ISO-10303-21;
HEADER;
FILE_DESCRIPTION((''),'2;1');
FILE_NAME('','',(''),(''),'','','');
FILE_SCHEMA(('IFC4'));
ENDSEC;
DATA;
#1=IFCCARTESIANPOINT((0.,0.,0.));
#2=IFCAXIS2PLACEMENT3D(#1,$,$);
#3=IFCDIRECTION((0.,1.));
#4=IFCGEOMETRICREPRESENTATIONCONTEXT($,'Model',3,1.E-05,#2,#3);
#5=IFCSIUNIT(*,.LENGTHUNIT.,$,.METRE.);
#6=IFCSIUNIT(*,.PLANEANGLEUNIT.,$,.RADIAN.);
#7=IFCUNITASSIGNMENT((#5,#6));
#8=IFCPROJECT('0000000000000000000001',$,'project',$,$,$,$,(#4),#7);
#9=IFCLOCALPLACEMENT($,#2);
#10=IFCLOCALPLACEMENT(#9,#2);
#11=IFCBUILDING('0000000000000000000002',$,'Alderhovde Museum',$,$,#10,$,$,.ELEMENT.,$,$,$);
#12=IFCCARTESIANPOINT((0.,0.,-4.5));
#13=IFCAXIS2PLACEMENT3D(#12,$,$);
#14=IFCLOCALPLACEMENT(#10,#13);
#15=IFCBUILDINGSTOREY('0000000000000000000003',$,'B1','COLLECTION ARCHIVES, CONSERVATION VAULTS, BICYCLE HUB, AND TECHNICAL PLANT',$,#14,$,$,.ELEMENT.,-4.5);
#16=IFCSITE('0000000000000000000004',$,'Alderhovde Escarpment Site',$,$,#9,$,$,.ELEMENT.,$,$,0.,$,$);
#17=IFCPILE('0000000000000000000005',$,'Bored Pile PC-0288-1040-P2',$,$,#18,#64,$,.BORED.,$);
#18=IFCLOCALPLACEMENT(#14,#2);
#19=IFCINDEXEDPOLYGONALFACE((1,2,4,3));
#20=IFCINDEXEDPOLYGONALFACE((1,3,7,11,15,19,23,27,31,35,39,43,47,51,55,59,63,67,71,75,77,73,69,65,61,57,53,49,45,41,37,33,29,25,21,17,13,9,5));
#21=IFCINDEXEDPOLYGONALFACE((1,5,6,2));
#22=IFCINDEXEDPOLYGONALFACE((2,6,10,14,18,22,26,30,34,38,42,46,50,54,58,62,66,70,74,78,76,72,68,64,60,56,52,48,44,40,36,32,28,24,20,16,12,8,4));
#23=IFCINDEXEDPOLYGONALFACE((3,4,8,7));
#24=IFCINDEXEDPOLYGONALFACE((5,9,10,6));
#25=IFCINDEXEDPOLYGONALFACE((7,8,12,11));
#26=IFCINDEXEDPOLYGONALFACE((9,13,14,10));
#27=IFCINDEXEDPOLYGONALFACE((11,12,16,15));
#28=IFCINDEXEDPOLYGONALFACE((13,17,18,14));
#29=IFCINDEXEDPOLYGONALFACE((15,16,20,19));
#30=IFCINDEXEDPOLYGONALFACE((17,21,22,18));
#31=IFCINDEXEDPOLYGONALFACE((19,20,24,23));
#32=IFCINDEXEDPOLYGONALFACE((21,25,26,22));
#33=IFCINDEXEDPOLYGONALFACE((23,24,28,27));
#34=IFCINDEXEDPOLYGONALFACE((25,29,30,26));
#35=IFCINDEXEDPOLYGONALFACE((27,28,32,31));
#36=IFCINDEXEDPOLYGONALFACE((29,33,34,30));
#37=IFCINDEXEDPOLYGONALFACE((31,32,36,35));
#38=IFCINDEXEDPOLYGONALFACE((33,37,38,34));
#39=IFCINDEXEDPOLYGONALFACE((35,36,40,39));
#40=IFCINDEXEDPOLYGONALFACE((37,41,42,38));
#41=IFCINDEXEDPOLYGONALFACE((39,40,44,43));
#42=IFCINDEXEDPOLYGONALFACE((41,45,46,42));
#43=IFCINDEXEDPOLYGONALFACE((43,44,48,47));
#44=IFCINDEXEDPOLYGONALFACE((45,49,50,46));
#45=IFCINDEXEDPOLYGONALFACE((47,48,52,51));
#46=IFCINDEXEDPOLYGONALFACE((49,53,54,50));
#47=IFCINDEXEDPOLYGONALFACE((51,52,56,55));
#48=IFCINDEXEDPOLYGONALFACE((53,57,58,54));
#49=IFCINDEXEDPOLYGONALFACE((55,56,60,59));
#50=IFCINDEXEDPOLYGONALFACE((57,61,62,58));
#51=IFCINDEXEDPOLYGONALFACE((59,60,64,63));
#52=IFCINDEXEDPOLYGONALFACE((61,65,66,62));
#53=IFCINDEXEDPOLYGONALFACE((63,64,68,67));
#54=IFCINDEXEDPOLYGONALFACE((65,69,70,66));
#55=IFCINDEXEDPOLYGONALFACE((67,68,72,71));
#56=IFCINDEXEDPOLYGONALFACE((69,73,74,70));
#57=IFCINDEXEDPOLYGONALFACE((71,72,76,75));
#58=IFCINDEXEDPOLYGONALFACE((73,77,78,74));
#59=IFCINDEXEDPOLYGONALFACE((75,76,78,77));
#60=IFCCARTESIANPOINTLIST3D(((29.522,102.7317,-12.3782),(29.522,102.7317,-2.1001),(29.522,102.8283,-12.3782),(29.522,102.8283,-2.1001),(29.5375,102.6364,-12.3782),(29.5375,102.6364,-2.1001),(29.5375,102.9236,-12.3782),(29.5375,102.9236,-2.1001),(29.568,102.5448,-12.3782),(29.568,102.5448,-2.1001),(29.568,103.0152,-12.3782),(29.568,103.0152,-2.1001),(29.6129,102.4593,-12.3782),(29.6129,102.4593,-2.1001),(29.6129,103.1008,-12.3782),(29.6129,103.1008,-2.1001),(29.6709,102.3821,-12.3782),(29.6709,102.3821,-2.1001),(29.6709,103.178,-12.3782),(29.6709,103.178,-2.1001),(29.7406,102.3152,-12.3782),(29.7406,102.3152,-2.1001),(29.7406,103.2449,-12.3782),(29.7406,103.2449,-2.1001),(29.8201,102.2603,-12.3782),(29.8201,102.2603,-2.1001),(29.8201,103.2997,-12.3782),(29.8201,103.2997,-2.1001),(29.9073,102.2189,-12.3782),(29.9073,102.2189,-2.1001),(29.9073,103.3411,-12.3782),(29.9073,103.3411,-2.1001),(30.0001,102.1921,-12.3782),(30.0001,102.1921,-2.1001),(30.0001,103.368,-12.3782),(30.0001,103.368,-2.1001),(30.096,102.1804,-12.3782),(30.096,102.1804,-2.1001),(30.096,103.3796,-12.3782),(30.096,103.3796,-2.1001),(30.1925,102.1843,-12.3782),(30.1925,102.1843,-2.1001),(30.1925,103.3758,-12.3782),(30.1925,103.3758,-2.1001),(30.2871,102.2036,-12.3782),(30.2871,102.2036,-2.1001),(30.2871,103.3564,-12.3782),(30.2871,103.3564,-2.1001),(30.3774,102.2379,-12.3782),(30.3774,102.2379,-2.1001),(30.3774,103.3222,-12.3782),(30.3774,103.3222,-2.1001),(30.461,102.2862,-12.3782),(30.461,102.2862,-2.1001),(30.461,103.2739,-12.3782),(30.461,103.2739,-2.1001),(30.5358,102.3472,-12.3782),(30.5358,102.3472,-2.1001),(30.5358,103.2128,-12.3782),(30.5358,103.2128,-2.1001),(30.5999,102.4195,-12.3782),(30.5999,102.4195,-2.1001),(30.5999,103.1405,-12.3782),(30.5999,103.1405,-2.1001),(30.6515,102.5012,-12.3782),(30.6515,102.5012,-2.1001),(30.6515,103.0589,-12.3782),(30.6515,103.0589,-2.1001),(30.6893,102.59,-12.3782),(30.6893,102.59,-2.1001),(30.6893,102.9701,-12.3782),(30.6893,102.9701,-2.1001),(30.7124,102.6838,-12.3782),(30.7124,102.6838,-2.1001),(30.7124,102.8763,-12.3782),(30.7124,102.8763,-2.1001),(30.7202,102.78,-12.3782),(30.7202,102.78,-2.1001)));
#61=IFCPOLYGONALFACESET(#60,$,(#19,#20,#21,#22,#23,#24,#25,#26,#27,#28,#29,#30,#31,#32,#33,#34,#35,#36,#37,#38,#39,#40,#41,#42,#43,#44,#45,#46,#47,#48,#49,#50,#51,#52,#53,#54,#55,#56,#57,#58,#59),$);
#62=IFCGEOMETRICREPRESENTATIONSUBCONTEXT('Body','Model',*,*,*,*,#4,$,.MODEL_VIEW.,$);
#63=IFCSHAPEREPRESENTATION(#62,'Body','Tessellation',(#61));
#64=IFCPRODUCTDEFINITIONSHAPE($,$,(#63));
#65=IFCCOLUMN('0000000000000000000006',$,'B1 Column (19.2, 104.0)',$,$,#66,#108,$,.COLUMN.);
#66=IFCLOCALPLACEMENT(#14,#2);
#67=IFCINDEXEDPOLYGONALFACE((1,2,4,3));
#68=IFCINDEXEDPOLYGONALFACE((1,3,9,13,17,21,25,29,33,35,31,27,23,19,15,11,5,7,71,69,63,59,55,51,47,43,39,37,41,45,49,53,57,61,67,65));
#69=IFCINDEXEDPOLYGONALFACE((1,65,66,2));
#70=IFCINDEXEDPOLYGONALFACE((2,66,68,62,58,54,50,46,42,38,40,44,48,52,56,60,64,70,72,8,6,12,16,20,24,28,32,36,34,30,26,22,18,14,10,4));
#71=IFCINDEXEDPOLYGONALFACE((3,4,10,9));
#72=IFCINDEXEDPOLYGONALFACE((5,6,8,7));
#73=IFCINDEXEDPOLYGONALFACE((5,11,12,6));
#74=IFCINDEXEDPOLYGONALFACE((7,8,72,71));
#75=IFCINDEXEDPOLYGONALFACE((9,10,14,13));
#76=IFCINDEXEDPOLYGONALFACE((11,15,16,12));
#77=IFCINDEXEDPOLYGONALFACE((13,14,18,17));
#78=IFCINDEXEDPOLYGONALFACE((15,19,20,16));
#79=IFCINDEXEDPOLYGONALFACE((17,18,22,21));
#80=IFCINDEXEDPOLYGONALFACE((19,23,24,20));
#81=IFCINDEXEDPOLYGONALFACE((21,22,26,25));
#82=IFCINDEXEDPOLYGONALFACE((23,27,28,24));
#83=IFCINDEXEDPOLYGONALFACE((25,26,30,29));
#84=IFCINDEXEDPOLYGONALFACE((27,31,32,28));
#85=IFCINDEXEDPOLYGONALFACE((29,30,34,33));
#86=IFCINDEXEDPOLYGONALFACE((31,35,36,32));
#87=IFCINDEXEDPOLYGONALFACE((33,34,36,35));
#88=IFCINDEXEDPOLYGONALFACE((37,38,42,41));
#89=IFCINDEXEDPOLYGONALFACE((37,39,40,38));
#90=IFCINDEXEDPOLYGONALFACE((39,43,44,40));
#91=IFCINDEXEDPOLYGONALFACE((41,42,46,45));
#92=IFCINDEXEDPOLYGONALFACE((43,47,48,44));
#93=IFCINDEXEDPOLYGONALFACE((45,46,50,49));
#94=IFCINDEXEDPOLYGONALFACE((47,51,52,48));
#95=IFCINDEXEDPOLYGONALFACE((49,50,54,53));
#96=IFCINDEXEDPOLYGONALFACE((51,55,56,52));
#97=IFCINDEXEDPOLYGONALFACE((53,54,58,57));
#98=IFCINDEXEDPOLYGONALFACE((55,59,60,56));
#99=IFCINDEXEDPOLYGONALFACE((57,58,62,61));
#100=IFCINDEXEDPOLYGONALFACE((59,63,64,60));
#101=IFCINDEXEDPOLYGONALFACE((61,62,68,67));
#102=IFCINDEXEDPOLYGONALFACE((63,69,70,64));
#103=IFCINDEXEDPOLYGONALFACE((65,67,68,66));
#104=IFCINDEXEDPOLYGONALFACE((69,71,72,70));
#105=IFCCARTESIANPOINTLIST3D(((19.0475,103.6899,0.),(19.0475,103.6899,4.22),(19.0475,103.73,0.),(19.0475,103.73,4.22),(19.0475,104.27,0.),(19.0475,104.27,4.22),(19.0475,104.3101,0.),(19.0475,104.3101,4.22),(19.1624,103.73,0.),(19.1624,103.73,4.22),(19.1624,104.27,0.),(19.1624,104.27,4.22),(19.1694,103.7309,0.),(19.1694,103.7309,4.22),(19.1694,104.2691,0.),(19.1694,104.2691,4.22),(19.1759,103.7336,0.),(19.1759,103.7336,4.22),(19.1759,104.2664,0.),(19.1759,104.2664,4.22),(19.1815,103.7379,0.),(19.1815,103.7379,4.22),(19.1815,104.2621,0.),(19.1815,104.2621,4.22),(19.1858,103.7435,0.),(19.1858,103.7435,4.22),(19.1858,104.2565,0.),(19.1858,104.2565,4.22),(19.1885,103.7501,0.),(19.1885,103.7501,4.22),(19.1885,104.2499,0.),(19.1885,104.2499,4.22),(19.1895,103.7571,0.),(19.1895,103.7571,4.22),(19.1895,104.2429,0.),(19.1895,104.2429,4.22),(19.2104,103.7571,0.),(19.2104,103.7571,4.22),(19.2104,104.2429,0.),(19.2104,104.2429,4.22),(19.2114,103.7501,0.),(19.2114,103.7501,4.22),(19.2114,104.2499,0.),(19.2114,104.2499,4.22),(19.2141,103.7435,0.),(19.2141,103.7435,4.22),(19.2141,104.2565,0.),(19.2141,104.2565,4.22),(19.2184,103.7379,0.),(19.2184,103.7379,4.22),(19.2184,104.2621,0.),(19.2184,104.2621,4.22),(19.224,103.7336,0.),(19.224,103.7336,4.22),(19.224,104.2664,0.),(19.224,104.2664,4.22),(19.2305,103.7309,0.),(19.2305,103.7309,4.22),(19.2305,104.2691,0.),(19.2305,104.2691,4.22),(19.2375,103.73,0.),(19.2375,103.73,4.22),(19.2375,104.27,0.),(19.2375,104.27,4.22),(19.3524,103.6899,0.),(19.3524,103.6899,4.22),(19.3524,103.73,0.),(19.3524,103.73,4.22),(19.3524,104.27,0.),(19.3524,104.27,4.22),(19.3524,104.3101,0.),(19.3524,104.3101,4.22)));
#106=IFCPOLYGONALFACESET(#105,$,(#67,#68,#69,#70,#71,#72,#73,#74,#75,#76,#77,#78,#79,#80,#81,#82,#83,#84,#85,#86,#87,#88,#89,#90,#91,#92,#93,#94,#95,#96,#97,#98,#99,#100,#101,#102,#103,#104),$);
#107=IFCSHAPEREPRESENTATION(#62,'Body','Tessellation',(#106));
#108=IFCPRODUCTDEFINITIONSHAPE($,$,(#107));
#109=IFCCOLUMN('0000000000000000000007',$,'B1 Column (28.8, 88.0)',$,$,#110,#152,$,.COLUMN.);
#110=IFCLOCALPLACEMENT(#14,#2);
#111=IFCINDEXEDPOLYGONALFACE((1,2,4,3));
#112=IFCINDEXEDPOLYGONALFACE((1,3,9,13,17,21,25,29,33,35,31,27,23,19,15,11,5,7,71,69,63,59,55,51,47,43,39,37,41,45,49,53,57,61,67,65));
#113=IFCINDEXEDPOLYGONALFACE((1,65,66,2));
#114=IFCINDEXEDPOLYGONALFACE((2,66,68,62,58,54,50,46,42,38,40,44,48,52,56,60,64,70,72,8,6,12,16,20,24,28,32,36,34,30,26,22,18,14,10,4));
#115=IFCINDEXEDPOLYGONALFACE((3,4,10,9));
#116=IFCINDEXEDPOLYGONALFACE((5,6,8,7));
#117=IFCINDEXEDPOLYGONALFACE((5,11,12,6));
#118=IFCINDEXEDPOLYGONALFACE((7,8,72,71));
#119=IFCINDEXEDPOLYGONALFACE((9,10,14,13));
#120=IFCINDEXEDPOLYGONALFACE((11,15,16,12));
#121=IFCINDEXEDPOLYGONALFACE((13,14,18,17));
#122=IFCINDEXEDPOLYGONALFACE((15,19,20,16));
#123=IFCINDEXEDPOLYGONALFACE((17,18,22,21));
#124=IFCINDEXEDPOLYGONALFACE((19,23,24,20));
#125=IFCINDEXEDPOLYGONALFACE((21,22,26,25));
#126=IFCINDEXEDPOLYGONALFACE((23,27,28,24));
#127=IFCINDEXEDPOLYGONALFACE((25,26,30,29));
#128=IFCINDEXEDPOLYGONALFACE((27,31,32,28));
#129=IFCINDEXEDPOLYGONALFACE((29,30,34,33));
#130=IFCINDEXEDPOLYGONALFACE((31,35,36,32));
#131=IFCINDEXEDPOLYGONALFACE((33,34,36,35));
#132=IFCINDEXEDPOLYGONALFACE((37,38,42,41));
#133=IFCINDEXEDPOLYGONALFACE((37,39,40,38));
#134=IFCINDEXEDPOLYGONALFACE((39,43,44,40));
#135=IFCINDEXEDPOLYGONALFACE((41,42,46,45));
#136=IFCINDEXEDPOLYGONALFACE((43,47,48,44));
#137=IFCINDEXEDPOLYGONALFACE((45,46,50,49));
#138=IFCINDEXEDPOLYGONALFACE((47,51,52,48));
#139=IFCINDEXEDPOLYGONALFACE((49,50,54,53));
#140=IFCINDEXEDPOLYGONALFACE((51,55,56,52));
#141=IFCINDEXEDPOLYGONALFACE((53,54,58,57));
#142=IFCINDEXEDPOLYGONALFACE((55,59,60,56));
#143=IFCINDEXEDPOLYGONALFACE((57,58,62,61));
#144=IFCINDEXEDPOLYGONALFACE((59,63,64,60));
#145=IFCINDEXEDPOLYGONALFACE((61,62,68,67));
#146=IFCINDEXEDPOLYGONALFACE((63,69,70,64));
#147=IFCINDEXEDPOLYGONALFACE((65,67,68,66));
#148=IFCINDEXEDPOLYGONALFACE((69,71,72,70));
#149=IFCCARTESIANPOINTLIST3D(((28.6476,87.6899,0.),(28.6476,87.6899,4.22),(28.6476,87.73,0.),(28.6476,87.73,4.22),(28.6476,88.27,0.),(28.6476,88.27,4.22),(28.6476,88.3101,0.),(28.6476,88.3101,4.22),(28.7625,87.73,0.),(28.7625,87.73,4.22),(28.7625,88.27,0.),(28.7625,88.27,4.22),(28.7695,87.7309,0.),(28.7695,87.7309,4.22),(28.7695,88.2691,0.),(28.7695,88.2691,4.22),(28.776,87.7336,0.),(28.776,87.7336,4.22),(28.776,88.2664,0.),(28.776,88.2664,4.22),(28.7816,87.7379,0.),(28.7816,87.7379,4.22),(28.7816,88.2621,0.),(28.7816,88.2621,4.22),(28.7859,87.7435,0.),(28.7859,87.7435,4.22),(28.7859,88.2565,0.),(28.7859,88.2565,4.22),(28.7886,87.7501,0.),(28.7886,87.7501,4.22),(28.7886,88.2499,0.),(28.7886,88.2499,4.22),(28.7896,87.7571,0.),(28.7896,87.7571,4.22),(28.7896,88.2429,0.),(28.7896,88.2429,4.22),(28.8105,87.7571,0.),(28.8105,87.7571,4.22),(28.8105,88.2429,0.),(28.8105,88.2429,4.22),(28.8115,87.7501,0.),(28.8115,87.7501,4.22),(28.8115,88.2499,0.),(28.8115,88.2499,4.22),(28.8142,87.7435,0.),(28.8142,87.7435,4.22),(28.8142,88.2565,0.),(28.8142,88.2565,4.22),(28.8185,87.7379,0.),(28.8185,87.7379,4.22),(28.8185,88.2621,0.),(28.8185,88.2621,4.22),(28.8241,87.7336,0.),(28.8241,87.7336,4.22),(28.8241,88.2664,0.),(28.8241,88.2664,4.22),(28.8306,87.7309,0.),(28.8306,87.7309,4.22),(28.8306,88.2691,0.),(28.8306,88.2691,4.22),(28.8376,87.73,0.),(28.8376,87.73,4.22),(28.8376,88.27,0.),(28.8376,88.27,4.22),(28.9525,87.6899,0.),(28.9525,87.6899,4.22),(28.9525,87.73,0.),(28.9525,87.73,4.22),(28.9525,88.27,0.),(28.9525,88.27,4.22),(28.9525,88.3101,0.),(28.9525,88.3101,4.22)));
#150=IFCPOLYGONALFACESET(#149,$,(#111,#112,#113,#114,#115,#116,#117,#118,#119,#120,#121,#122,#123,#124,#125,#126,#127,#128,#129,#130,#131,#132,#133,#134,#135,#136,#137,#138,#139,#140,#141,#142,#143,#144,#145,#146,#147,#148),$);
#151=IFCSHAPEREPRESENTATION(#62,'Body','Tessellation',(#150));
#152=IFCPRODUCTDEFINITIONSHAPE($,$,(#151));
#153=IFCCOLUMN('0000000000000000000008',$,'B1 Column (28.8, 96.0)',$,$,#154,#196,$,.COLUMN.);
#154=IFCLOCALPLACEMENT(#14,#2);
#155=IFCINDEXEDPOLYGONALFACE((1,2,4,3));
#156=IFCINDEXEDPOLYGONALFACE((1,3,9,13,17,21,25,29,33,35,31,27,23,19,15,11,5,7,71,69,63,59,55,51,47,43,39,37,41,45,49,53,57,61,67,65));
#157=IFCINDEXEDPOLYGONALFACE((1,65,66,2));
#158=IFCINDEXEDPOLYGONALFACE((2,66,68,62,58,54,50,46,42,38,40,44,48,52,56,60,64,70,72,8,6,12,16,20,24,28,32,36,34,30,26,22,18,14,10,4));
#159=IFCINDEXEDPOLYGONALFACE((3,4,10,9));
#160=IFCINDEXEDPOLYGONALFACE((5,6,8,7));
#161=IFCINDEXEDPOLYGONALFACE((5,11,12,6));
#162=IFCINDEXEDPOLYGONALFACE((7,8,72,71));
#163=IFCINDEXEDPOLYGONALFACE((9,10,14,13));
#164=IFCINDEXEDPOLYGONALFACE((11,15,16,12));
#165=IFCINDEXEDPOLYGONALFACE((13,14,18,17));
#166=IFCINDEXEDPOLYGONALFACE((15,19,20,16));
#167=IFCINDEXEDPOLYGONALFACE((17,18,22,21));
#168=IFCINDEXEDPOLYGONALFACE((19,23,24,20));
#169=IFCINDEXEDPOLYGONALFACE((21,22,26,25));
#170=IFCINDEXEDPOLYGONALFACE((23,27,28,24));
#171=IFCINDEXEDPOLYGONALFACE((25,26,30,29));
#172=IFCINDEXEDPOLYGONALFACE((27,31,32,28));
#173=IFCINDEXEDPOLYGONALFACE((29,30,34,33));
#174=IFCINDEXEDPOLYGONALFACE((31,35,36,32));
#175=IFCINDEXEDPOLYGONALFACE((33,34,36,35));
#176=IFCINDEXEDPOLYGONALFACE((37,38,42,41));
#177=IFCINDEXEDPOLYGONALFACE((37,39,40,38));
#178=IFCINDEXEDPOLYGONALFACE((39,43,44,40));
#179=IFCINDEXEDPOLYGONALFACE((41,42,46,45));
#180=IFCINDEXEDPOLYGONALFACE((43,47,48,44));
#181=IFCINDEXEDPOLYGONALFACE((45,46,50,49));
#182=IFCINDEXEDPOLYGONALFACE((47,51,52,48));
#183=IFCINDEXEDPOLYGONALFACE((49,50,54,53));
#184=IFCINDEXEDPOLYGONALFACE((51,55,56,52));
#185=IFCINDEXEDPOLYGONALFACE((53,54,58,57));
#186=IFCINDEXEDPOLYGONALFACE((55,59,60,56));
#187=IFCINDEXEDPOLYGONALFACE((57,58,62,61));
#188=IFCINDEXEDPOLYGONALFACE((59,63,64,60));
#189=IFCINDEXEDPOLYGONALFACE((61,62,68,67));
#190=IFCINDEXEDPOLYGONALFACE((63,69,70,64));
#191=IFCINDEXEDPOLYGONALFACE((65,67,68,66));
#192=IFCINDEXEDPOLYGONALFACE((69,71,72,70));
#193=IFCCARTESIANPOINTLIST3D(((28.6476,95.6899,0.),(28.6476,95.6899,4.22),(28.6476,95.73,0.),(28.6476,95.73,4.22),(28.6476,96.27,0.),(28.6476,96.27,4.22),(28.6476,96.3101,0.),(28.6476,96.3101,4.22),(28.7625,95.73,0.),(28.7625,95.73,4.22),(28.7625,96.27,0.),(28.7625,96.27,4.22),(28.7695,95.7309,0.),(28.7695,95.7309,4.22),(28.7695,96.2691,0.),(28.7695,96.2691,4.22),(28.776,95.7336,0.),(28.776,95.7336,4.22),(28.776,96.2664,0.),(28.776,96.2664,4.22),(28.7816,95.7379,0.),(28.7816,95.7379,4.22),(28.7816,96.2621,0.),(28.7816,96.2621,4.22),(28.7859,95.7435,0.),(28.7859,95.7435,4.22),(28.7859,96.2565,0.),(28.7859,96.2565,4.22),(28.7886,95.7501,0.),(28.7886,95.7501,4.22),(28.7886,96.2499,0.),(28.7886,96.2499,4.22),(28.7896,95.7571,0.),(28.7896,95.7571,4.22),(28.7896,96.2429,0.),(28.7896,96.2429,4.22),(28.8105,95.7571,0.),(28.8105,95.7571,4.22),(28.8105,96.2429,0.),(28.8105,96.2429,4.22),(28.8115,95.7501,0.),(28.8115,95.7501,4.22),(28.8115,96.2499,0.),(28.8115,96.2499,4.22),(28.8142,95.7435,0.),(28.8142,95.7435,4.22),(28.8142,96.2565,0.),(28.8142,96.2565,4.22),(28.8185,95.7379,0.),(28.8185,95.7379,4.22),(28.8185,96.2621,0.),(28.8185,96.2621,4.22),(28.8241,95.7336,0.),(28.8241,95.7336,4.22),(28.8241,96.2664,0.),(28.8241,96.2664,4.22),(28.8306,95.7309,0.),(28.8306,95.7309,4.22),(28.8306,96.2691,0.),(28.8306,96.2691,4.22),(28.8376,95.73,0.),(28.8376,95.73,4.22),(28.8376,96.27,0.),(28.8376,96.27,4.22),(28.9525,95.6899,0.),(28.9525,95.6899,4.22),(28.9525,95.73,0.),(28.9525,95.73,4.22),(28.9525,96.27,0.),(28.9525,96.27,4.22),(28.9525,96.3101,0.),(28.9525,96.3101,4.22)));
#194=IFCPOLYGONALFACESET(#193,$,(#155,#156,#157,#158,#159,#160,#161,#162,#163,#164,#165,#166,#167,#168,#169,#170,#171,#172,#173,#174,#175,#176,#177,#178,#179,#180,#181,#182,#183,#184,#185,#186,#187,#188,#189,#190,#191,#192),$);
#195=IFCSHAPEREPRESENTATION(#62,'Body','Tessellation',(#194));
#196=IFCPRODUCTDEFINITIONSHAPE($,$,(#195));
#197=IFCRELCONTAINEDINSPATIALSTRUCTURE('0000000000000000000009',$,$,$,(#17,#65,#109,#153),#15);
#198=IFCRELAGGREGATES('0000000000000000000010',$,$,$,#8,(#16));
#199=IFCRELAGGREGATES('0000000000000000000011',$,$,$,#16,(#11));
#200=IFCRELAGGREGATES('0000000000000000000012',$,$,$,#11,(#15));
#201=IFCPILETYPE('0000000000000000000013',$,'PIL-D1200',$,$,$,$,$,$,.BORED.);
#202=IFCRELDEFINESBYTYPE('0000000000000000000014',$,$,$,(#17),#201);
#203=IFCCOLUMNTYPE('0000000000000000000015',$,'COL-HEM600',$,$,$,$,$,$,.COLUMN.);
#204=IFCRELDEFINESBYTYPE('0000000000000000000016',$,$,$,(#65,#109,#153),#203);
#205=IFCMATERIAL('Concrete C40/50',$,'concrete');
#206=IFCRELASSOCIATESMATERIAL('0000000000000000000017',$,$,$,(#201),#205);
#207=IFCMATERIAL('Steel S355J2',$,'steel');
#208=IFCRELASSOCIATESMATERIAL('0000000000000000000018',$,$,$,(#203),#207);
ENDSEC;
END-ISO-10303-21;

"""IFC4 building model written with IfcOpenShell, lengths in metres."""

from ifc_helpers import new_model, si_unit, direction, frame, origin, origin_2d, place, context, subcontext, project, spatial, circle, i_section, extrude, material, material_profile, profile_set, type_object, element, save


model = new_model("IFC4")

# Units and contexts
model_context = context("Model", 3, precision=1e-05, world=origin(), true_north=direction((0.0, 1.0)))
body_context = subcontext(model_context, "Body", "Model", "MODEL_VIEW")
ifc_project = project(units=[si_unit("LENGTHUNIT", "METRE"), si_unit("PLANEANGLEUNIT", "RADIAN")], contexts=[model_context])

# Site, building, storey
site_placement = place(None, origin())
site = spatial("IfcSite", under=ifc_project, at=site_placement, Name="Alderhovde Escarpment Site", CompositionType="ELEMENT", RefElevation=0.0)
building_placement = place(site_placement, origin())
building = spatial("IfcBuilding", under=site, at=building_placement, Name="Alderhovde Museum", CompositionType="ELEMENT")
storey_placement = place(building_placement, frame((0.0, 0.0, -4.5)))
storey = spatial("IfcBuildingStorey", under=building, at=storey_placement, Name="B1", Description="COLLECTION ARCHIVES, CONSERVATION VAULTS, BICYCLE HUB, AND TECHNICAL PLANT", CompositionType="ELEMENT", Elevation=-4.5)

# Pile
ifc_material_1 = material(Name="Concrete C40/50", Category="concrete")
ifc_material_profile_1 = material_profile(ifc_material_1, circle(Radius=0.6001, at=origin_2d()), Name="PILE-D1200")
ifc_profile_set_1 = profile_set([ifc_material_profile_1], Name="Concrete C40/50")
pile_type = type_object("IfcPileType", Name="PIL-D1200", PredefinedType="BORED", material=ifc_profile_set_1)
for number, where, z_axis, x_axis, name in (
    (1, (30.1201, 102.78, -2.1001), (0.0, 0.0, -1.0), (1.0, 0.0, 0.0), "Bored Pile PC-0288-1040-P2"),
):
    element("IfcPile", number, at=place(storey_placement, frame(where, z_axis=z_axis, x_axis=x_axis)), inside=storey, type_object=pile_type, Name=name, PredefinedType="BORED", context=body_context, shape_type="SweptSolid", body=[
        extrude(circle(Radius=0.6001, at=origin_2d()), origin(), (0.0, 0.0, 1.0), 10.2781),
    ])

# Columns
ifc_material_2 = material(Name="Steel S355J2", Category="steel")
ifc_material_profile_2 = material_profile(ifc_material_2, i_section(OverallWidth=0.3049, OverallDepth=0.6201, WebThickness=0.021, FlangeThickness=0.04, FilletRadius=0.0271, at=origin_2d()), Name="HEM 600")
ifc_profile_set_2 = profile_set([ifc_material_profile_2], Name="Steel S355J2")
column_type = type_object("IfcColumnType", Name="COL-HEM600", PredefinedType="COLUMN", material=ifc_profile_set_2)
for number, where, z_axis, x_axis, name in (
    (2, (19.2, 104.0, 0.0), (0.0, 0.0, 1.0), (1.0, 0.0, 0.0), "B1 Column (19.2, 104.0)"),
    (3, (28.8, 88.0, 0.0), (0.0, 0.0, 1.0), (1.0, 0.0, 0.0), "B1 Column (28.8, 88.0)"),
    (4, (28.8, 96.0, 0.0), (0.0, 0.0, 1.0), (1.0, 0.0, 0.0), "B1 Column (28.8, 96.0)"),
):
    element("IfcColumn", number, at=place(storey_placement, frame(where, z_axis=z_axis, x_axis=x_axis)), inside=storey, type_object=column_type, Name=name, PredefinedType="COLUMN", context=body_context, shape_type="SweptSolid", body=[
        extrude(i_section(OverallWidth=0.3049, OverallDepth=0.6201, WebThickness=0.021, FlangeThickness=0.04, FilletRadius=0.0271, at=origin_2d()), origin(), (0.0, 0.0, 1.0), 4.22),
    ])

save(model, "model.ifc")
